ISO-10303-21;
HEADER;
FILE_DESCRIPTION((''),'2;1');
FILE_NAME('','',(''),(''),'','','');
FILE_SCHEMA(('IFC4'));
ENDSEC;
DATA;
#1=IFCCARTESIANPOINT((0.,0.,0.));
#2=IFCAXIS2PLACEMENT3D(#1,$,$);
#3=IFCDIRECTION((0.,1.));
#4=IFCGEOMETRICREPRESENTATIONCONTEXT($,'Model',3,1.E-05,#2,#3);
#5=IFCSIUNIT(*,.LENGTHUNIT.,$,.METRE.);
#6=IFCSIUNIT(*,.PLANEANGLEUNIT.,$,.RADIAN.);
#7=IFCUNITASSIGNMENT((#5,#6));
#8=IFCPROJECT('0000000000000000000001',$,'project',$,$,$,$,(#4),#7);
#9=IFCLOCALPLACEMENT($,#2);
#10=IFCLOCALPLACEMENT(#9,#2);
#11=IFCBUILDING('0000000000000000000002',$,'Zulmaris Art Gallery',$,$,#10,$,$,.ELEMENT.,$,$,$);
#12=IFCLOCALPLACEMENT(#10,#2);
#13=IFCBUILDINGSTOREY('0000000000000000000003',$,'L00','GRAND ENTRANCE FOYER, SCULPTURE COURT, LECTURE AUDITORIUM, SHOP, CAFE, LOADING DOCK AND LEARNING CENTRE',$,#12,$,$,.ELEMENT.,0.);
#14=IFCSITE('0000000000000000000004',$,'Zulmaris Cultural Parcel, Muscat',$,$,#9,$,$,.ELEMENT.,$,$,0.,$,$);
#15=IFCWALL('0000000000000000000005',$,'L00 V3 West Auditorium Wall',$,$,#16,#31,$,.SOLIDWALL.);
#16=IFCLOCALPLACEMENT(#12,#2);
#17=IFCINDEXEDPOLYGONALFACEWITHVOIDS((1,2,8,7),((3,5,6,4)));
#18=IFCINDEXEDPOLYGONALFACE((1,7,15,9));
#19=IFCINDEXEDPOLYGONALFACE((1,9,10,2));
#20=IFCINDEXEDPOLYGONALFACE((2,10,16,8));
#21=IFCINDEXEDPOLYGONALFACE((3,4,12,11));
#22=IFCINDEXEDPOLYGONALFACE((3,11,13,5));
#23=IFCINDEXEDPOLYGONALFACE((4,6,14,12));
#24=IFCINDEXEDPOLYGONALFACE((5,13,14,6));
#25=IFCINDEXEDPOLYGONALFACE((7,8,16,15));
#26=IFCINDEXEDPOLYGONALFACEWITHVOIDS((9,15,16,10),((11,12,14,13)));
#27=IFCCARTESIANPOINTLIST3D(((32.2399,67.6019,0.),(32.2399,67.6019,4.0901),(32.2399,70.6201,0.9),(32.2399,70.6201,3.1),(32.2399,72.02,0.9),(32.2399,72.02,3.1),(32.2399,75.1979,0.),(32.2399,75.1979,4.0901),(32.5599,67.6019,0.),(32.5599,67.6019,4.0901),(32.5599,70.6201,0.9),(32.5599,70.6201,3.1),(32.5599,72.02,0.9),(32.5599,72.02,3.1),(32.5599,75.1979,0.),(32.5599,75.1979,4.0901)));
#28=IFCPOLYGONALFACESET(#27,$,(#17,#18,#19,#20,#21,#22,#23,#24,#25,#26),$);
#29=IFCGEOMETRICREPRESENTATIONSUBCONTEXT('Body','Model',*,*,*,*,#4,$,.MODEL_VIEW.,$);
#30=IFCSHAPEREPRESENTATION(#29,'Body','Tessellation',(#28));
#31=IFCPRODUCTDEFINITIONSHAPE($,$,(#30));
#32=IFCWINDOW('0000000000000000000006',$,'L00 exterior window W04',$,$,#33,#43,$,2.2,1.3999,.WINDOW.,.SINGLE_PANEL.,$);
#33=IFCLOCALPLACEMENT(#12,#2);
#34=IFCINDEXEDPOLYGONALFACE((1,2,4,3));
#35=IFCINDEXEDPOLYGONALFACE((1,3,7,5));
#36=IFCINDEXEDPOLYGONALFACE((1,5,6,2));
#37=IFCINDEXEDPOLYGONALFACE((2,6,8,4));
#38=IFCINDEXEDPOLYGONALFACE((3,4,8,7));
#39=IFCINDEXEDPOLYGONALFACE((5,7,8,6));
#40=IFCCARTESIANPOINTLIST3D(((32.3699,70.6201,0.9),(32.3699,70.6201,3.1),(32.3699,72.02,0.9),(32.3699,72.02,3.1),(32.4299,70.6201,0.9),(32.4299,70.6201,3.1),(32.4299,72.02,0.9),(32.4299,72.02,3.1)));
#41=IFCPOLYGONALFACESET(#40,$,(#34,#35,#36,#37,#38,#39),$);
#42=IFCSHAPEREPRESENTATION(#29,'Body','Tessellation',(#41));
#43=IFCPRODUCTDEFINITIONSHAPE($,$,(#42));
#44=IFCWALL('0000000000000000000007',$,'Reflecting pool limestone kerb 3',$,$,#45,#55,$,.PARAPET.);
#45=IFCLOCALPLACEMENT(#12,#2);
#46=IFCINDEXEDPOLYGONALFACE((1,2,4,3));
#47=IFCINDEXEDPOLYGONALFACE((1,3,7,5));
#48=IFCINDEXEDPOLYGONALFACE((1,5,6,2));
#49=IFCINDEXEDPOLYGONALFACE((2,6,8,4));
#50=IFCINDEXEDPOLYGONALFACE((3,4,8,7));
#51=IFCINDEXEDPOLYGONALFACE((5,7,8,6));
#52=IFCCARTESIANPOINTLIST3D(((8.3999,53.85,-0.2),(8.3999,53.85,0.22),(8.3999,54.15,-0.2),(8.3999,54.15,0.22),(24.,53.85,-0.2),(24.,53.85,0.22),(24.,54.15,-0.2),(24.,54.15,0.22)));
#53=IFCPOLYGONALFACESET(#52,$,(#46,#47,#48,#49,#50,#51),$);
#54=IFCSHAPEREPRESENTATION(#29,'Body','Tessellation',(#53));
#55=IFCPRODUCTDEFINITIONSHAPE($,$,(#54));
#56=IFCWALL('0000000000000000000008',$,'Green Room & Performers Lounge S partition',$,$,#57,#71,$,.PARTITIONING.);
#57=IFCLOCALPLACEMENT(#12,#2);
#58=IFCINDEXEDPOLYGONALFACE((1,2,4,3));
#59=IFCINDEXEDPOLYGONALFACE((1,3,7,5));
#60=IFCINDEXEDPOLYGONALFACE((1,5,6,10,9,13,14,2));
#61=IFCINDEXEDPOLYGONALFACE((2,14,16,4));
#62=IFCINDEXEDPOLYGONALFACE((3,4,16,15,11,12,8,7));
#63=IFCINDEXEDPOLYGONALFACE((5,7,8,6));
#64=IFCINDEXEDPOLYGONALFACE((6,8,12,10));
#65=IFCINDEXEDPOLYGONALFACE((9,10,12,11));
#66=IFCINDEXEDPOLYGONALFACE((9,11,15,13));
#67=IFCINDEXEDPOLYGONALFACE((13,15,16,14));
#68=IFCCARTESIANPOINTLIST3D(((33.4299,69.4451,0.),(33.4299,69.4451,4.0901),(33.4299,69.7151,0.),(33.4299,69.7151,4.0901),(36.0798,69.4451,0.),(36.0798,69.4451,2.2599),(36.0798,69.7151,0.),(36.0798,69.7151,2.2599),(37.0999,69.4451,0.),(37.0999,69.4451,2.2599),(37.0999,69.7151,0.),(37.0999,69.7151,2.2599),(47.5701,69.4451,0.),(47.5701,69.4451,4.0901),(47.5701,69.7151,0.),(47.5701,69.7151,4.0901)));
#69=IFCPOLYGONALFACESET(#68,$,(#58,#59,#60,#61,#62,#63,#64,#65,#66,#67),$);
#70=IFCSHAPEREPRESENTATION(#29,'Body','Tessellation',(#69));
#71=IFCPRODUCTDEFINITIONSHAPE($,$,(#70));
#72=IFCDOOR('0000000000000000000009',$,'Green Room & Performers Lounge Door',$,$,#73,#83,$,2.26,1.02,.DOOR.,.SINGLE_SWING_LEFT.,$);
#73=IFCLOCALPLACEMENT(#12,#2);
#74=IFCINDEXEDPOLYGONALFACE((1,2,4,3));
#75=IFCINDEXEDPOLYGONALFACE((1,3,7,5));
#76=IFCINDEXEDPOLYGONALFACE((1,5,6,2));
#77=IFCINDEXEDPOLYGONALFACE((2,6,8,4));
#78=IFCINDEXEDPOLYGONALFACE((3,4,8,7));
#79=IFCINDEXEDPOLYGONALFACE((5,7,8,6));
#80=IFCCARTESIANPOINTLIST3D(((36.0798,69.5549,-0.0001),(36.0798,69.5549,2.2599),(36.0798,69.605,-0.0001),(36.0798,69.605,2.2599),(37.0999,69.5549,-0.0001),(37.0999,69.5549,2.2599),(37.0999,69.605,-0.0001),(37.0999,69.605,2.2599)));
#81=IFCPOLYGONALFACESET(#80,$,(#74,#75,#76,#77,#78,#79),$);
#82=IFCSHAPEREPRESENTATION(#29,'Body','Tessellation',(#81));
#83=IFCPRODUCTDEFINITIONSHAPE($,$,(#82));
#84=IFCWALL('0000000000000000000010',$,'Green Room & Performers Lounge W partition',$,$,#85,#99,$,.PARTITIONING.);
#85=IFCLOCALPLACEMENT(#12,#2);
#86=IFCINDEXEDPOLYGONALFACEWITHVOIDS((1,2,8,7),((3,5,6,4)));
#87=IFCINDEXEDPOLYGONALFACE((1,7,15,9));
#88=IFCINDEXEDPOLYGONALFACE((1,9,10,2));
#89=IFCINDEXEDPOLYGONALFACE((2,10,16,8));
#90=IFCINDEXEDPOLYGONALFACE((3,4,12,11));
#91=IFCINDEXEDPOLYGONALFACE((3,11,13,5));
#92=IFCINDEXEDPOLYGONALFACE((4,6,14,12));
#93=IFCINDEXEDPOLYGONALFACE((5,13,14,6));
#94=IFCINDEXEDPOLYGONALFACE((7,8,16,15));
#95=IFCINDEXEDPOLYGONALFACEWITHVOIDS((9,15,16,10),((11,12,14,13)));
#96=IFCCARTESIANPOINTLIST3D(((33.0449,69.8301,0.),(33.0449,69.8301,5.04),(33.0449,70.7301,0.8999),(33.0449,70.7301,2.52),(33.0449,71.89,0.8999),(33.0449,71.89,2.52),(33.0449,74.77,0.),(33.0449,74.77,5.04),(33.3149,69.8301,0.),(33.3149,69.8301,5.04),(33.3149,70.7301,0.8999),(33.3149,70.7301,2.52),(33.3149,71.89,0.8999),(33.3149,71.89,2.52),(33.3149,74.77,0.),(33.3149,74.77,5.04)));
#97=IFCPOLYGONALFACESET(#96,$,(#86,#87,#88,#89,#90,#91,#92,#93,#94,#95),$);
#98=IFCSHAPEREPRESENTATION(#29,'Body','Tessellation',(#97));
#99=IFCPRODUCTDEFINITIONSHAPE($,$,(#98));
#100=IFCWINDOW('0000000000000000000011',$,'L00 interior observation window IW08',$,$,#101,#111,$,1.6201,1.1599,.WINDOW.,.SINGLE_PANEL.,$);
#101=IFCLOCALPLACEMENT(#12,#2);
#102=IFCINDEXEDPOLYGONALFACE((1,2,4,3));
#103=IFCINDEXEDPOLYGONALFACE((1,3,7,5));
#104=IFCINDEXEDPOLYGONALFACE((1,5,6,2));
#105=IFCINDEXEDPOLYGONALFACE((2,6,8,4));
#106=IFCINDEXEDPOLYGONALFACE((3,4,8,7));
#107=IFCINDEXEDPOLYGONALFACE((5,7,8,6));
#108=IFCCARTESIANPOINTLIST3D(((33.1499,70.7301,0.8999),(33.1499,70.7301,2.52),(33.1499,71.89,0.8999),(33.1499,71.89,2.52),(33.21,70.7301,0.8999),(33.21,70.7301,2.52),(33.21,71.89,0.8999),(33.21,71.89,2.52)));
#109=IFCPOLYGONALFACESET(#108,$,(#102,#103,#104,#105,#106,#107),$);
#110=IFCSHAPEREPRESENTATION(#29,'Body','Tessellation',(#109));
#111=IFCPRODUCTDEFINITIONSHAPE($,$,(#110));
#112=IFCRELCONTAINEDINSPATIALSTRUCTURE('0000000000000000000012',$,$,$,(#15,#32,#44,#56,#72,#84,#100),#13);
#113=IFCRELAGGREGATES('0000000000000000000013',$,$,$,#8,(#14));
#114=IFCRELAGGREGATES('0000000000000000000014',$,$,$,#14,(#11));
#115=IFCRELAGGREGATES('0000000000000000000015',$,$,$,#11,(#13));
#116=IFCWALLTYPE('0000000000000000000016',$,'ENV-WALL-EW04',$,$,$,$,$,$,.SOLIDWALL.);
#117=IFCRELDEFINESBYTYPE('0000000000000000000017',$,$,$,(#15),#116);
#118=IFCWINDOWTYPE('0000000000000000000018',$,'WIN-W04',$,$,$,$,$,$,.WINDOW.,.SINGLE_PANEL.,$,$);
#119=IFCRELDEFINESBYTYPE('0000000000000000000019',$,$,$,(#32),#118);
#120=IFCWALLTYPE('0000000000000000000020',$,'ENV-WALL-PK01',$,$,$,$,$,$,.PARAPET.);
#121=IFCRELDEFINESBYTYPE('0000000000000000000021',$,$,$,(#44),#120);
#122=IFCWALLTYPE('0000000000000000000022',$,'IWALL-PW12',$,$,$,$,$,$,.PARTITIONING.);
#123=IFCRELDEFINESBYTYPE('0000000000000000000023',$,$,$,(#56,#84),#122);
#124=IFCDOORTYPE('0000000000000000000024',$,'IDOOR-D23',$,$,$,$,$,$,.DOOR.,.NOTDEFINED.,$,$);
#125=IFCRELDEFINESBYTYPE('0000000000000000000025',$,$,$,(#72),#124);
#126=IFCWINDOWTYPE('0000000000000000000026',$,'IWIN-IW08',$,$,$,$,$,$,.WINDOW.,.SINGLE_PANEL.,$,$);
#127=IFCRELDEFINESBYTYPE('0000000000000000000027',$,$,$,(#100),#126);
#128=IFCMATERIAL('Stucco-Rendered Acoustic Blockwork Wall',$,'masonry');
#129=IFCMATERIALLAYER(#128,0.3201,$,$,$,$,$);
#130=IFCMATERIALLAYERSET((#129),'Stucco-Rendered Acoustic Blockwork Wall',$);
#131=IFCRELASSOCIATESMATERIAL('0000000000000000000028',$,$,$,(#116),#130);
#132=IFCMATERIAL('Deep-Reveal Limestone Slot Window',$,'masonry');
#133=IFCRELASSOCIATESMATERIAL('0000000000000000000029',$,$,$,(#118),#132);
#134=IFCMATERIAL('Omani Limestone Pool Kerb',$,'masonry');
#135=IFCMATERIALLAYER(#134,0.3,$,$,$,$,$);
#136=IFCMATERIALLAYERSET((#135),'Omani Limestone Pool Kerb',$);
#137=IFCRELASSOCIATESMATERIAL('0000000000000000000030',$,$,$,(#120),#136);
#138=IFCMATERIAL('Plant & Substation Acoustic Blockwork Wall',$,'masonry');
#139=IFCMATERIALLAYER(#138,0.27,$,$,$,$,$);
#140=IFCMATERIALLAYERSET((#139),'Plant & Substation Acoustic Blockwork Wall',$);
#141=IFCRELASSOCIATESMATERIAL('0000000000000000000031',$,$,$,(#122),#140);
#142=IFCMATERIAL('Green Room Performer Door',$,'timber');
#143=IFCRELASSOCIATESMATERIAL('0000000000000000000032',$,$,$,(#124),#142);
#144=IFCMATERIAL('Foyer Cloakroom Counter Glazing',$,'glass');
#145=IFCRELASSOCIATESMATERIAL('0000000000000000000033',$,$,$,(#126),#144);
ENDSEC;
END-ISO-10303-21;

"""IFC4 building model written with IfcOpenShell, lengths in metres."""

from ifc_helpers import new_model, si_unit, direction, frame, frame_2d, origin, place, context, subcontext, project, spatial, rectangle, extrude, material, layer, layer_set, type_object, element, fill, save


model = new_model("IFC4")

# Units and contexts
model_context = context("Model", 3, precision=1e-05, world=origin(), true_north=direction((0.0, 1.0)))
body_context = subcontext(model_context, "Body", "Model", "MODEL_VIEW")
ifc_project = project(units=[si_unit("LENGTHUNIT", "METRE"), si_unit("PLANEANGLEUNIT", "RADIAN")], contexts=[model_context])

# Site, building, storey
site_placement = place(None, origin())
site = spatial("IfcSite", under=ifc_project, at=site_placement, Name="Zulmaris Cultural Parcel, Muscat", CompositionType="ELEMENT", RefElevation=0.0)
building_placement = place(site_placement, origin())
building = spatial("IfcBuilding", under=site, at=building_placement, Name="Zulmaris Art Gallery", CompositionType="ELEMENT")
storey_placement = place(building_placement, origin())
storey = spatial("IfcBuildingStorey", under=building, at=storey_placement, Name="L00", Description="GRAND ENTRANCE FOYER, SCULPTURE COURT, LECTURE AUDITORIUM, SHOP, CAFE, LOADING DOCK AND LEARNING CENTRE", CompositionType="ELEMENT", Elevation=0.0)

# Shared definitions
ifc_material_1 = material(Name="Stucco-Rendered Acoustic Blockwork Wall", Category="masonry")
ifc_layer_1 = layer(ifc_material_1, 0.3201)
ifc_layer_set_1 = layer_set([ifc_layer_1], Name="Stucco-Rendered Acoustic Blockwork Wall")
wall_type_1 = type_object("IfcWallType", Name="ENV-WALL-EW04", PredefinedType="SOLIDWALL", material=ifc_layer_set_1)
ifc_material_2 = material(Name="Deep-Reveal Limestone Slot Window", Category="masonry")
window_type_1 = type_object("IfcWindowType", Name="WIN-W04", PartitioningType="SINGLE_PANEL", PredefinedType="WINDOW", material=ifc_material_2)

# Wall, opening, window
wall_1_placement = place(storey_placement, frame((32.3999, 67.6021, 0.0), z_axis=(0.0, 0.0, 1.0), x_axis=(0.0, 1.0, 0.0)))
wall_1 = element("IfcWall", 1, at=wall_1_placement, inside=storey, type_object=wall_type_1, Name="L00 V3 West Auditorium Wall", PredefinedType="SOLIDWALL", context=body_context, shape_type="SweptSolid", body=[
    extrude(rectangle(XDim=7.5959, YDim=0.3201, at=frame_2d((3.7979, 0.0))), origin(), (0.0, 0.0, 1.0), 4.0901),
])
opening_1_placement = place(wall_1_placement, frame((3.0181, 0.0, 0.8999)))
opening_1 = element("IfcOpeningElement", 2, at=opening_1_placement, cuts=wall_1, PredefinedType="OPENING", context=body_context, shape_type="SweptSolid", body=[
    extrude(rectangle(XDim=1.3999, YDim=2.2, at=frame_2d((0.7, 1.1001))), frame((0.0, 0.1699, 0.0), z_axis=(0.0, -1.0, 0.0), x_axis=(1.0, 0.0, 0.0)), (0.0, 0.0, 1.0), 0.3401),
])
window_1_placement = place(opening_1_placement, origin())
window_1 = element("IfcWindow", 3, at=window_1_placement, inside=storey, type_object=window_type_1, Name="L00 exterior window W04", OverallHeight=2.2, OverallWidth=1.3999, PartitioningType="SINGLE_PANEL", PredefinedType="WINDOW", context=body_context, shape_type="SweptSolid", body=[
    extrude(rectangle(XDim=1.3999, YDim=2.2, at=frame_2d((0.7, 1.1001))), frame((0.0, 0.03, 0.0), z_axis=(0.0, -1.0, 0.0), x_axis=(1.0, 0.0, 0.0)), (0.0, 0.0, 1.0), 0.0601),
])
fill(opening_1, window_1)

# Wall
ifc_material_3 = material(Name="Omani Limestone Pool Kerb", Category="masonry")
ifc_layer_2 = layer(ifc_material_3, 0.3)
ifc_layer_set_2 = layer_set([ifc_layer_2], Name="Omani Limestone Pool Kerb")
wall_type_2 = type_object("IfcWallType", Name="ENV-WALL-PK01", PredefinedType="PARAPET", material=ifc_layer_set_2)
wall_2_placement = place(storey_placement, frame((8.3999, 54.0, -0.2), z_axis=(0.0, 0.0, 1.0), x_axis=(1.0, 0.0, 0.0)))
element("IfcWall", 4, at=wall_2_placement, inside=storey, type_object=wall_type_2, Name="Reflecting pool limestone kerb 3", PredefinedType="PARAPET", context=body_context, shape_type="SweptSolid", body=[
    extrude(rectangle(XDim=15.6001, YDim=0.3, at=frame_2d((7.8, 0.0))), origin(), (0.0, 0.0, 1.0), 0.4199),
])

# Wall, opening, door
ifc_material_4 = material(Name="Plant & Substation Acoustic Blockwork Wall", Category="masonry")
ifc_layer_3 = layer(ifc_material_4, 0.27)
ifc_layer_set_3 = layer_set([ifc_layer_3], Name="Plant & Substation Acoustic Blockwork Wall")
wall_type_3 = type_object("IfcWallType", Name="IWALL-PW12", PredefinedType="PARTITIONING", material=ifc_layer_set_3)
wall_3_placement = place(storey_placement, frame((33.4299, 69.5801, 0.0), z_axis=(0.0, 0.0, 1.0), x_axis=(1.0, 0.0, 0.0)))
wall_3 = element("IfcWall", 5, at=wall_3_placement, inside=storey, type_object=wall_type_3, Name="Green Room & Performers Lounge S partition", PredefinedType="PARTITIONING", context=body_context, shape_type="SweptSolid", body=[
    extrude(rectangle(XDim=14.1401, YDim=0.27, at=frame_2d((7.0701, 0.0))), origin(), (0.0, 0.0, 1.0), 4.0901),
])
opening_2_placement = place(wall_3_placement, frame((2.6499, 0.0, 0.0)))
opening_2 = element("IfcOpeningElement", 6, at=opening_2_placement, cuts=wall_3, PredefinedType="OPENING", context=body_context, shape_type="SweptSolid", body=[
    extrude(rectangle(XDim=1.02, YDim=2.26, at=frame_2d((0.51, 1.1299))), frame((0.0, 0.145, 0.0), z_axis=(0.0, -1.0, 0.0), x_axis=(1.0, 0.0, 0.0)), (0.0, 0.0, 1.0), 0.29),
])
ifc_material_5 = material(Name="Green Room Performer Door", Category="timber")
door_type = type_object("IfcDoorType", Name="IDOOR-D23", OperationType="NOTDEFINED", PredefinedType="DOOR", material=ifc_material_5)
door_placement = place(opening_2_placement, origin())
door = element("IfcDoor", 7, at=door_placement, inside=storey, type_object=door_type, Name="Green Room & Performers Lounge Door", OperationType="SINGLE_SWING_LEFT", OverallHeight=2.26, OverallWidth=1.02, PredefinedType="DOOR", context=body_context, shape_type="SweptSolid", body=[
    extrude(rectangle(XDim=1.02, YDim=2.26, at=frame_2d((0.51, 1.1299))), frame((0.0, 0.0249, 0.0), z_axis=(0.0, -1.0, 0.0), x_axis=(1.0, 0.0, 0.0)), (0.0, 0.0, 1.0), 0.05),
])
fill(opening_2, door)

# Wall, opening, window
wall_4_placement = place(storey_placement, frame((33.1799, 69.8301, 0.0), z_axis=(0.0, 0.0, 1.0), x_axis=(0.0, 1.0, 0.0)))
wall_4 = element("IfcWall", 8, at=wall_4_placement, inside=storey, type_object=wall_type_3, Name="Green Room & Performers Lounge W partition", PredefinedType="PARTITIONING", context=body_context, shape_type="SweptSolid", body=[
    extrude(rectangle(XDim=4.9399, YDim=0.27, at=frame_2d((2.47, 0.0))), origin(), (0.0, 0.0, 1.0), 5.04),
])
opening_3_placement = place(wall_4_placement, frame((0.8999, 0.0, 0.8999)))
opening_3 = element("IfcOpeningElement", 9, at=opening_3_placement, cuts=wall_4, PredefinedType="OPENING", context=body_context, shape_type="SweptSolid", body=[
    extrude(rectangle(XDim=1.1599, YDim=1.6201, at=frame_2d((0.5801, 0.8101))), frame((0.0, 0.145, 0.0), z_axis=(0.0, -1.0, 0.0), x_axis=(1.0, 0.0, 0.0)), (0.0, 0.0, 1.0), 0.29),
])
ifc_material_6 = material(Name="Foyer Cloakroom Counter Glazing", Category="glass")
window_type_2 = type_object("IfcWindowType", Name="IWIN-IW08", PartitioningType="SINGLE_PANEL", PredefinedType="WINDOW", material=ifc_material_6)
window_2_placement = place(opening_3_placement, origin())
window_2 = element("IfcWindow", 10, at=window_2_placement, inside=storey, type_object=window_type_2, Name="L00 interior observation window IW08", OverallHeight=1.6201, OverallWidth=1.1599, PartitioningType="SINGLE_PANEL", PredefinedType="WINDOW", context=body_context, shape_type="SweptSolid", body=[
    extrude(rectangle(XDim=1.1599, YDim=1.6201, at=frame_2d((0.5801, 0.8101))), frame((0.0, 0.03, 0.0), z_axis=(0.0, -1.0, 0.0), x_axis=(1.0, 0.0, 0.0)), (0.0, 0.0, 1.0), 0.0601),
])
fill(opening_3, window_2)

save(model, "model.ifc")
